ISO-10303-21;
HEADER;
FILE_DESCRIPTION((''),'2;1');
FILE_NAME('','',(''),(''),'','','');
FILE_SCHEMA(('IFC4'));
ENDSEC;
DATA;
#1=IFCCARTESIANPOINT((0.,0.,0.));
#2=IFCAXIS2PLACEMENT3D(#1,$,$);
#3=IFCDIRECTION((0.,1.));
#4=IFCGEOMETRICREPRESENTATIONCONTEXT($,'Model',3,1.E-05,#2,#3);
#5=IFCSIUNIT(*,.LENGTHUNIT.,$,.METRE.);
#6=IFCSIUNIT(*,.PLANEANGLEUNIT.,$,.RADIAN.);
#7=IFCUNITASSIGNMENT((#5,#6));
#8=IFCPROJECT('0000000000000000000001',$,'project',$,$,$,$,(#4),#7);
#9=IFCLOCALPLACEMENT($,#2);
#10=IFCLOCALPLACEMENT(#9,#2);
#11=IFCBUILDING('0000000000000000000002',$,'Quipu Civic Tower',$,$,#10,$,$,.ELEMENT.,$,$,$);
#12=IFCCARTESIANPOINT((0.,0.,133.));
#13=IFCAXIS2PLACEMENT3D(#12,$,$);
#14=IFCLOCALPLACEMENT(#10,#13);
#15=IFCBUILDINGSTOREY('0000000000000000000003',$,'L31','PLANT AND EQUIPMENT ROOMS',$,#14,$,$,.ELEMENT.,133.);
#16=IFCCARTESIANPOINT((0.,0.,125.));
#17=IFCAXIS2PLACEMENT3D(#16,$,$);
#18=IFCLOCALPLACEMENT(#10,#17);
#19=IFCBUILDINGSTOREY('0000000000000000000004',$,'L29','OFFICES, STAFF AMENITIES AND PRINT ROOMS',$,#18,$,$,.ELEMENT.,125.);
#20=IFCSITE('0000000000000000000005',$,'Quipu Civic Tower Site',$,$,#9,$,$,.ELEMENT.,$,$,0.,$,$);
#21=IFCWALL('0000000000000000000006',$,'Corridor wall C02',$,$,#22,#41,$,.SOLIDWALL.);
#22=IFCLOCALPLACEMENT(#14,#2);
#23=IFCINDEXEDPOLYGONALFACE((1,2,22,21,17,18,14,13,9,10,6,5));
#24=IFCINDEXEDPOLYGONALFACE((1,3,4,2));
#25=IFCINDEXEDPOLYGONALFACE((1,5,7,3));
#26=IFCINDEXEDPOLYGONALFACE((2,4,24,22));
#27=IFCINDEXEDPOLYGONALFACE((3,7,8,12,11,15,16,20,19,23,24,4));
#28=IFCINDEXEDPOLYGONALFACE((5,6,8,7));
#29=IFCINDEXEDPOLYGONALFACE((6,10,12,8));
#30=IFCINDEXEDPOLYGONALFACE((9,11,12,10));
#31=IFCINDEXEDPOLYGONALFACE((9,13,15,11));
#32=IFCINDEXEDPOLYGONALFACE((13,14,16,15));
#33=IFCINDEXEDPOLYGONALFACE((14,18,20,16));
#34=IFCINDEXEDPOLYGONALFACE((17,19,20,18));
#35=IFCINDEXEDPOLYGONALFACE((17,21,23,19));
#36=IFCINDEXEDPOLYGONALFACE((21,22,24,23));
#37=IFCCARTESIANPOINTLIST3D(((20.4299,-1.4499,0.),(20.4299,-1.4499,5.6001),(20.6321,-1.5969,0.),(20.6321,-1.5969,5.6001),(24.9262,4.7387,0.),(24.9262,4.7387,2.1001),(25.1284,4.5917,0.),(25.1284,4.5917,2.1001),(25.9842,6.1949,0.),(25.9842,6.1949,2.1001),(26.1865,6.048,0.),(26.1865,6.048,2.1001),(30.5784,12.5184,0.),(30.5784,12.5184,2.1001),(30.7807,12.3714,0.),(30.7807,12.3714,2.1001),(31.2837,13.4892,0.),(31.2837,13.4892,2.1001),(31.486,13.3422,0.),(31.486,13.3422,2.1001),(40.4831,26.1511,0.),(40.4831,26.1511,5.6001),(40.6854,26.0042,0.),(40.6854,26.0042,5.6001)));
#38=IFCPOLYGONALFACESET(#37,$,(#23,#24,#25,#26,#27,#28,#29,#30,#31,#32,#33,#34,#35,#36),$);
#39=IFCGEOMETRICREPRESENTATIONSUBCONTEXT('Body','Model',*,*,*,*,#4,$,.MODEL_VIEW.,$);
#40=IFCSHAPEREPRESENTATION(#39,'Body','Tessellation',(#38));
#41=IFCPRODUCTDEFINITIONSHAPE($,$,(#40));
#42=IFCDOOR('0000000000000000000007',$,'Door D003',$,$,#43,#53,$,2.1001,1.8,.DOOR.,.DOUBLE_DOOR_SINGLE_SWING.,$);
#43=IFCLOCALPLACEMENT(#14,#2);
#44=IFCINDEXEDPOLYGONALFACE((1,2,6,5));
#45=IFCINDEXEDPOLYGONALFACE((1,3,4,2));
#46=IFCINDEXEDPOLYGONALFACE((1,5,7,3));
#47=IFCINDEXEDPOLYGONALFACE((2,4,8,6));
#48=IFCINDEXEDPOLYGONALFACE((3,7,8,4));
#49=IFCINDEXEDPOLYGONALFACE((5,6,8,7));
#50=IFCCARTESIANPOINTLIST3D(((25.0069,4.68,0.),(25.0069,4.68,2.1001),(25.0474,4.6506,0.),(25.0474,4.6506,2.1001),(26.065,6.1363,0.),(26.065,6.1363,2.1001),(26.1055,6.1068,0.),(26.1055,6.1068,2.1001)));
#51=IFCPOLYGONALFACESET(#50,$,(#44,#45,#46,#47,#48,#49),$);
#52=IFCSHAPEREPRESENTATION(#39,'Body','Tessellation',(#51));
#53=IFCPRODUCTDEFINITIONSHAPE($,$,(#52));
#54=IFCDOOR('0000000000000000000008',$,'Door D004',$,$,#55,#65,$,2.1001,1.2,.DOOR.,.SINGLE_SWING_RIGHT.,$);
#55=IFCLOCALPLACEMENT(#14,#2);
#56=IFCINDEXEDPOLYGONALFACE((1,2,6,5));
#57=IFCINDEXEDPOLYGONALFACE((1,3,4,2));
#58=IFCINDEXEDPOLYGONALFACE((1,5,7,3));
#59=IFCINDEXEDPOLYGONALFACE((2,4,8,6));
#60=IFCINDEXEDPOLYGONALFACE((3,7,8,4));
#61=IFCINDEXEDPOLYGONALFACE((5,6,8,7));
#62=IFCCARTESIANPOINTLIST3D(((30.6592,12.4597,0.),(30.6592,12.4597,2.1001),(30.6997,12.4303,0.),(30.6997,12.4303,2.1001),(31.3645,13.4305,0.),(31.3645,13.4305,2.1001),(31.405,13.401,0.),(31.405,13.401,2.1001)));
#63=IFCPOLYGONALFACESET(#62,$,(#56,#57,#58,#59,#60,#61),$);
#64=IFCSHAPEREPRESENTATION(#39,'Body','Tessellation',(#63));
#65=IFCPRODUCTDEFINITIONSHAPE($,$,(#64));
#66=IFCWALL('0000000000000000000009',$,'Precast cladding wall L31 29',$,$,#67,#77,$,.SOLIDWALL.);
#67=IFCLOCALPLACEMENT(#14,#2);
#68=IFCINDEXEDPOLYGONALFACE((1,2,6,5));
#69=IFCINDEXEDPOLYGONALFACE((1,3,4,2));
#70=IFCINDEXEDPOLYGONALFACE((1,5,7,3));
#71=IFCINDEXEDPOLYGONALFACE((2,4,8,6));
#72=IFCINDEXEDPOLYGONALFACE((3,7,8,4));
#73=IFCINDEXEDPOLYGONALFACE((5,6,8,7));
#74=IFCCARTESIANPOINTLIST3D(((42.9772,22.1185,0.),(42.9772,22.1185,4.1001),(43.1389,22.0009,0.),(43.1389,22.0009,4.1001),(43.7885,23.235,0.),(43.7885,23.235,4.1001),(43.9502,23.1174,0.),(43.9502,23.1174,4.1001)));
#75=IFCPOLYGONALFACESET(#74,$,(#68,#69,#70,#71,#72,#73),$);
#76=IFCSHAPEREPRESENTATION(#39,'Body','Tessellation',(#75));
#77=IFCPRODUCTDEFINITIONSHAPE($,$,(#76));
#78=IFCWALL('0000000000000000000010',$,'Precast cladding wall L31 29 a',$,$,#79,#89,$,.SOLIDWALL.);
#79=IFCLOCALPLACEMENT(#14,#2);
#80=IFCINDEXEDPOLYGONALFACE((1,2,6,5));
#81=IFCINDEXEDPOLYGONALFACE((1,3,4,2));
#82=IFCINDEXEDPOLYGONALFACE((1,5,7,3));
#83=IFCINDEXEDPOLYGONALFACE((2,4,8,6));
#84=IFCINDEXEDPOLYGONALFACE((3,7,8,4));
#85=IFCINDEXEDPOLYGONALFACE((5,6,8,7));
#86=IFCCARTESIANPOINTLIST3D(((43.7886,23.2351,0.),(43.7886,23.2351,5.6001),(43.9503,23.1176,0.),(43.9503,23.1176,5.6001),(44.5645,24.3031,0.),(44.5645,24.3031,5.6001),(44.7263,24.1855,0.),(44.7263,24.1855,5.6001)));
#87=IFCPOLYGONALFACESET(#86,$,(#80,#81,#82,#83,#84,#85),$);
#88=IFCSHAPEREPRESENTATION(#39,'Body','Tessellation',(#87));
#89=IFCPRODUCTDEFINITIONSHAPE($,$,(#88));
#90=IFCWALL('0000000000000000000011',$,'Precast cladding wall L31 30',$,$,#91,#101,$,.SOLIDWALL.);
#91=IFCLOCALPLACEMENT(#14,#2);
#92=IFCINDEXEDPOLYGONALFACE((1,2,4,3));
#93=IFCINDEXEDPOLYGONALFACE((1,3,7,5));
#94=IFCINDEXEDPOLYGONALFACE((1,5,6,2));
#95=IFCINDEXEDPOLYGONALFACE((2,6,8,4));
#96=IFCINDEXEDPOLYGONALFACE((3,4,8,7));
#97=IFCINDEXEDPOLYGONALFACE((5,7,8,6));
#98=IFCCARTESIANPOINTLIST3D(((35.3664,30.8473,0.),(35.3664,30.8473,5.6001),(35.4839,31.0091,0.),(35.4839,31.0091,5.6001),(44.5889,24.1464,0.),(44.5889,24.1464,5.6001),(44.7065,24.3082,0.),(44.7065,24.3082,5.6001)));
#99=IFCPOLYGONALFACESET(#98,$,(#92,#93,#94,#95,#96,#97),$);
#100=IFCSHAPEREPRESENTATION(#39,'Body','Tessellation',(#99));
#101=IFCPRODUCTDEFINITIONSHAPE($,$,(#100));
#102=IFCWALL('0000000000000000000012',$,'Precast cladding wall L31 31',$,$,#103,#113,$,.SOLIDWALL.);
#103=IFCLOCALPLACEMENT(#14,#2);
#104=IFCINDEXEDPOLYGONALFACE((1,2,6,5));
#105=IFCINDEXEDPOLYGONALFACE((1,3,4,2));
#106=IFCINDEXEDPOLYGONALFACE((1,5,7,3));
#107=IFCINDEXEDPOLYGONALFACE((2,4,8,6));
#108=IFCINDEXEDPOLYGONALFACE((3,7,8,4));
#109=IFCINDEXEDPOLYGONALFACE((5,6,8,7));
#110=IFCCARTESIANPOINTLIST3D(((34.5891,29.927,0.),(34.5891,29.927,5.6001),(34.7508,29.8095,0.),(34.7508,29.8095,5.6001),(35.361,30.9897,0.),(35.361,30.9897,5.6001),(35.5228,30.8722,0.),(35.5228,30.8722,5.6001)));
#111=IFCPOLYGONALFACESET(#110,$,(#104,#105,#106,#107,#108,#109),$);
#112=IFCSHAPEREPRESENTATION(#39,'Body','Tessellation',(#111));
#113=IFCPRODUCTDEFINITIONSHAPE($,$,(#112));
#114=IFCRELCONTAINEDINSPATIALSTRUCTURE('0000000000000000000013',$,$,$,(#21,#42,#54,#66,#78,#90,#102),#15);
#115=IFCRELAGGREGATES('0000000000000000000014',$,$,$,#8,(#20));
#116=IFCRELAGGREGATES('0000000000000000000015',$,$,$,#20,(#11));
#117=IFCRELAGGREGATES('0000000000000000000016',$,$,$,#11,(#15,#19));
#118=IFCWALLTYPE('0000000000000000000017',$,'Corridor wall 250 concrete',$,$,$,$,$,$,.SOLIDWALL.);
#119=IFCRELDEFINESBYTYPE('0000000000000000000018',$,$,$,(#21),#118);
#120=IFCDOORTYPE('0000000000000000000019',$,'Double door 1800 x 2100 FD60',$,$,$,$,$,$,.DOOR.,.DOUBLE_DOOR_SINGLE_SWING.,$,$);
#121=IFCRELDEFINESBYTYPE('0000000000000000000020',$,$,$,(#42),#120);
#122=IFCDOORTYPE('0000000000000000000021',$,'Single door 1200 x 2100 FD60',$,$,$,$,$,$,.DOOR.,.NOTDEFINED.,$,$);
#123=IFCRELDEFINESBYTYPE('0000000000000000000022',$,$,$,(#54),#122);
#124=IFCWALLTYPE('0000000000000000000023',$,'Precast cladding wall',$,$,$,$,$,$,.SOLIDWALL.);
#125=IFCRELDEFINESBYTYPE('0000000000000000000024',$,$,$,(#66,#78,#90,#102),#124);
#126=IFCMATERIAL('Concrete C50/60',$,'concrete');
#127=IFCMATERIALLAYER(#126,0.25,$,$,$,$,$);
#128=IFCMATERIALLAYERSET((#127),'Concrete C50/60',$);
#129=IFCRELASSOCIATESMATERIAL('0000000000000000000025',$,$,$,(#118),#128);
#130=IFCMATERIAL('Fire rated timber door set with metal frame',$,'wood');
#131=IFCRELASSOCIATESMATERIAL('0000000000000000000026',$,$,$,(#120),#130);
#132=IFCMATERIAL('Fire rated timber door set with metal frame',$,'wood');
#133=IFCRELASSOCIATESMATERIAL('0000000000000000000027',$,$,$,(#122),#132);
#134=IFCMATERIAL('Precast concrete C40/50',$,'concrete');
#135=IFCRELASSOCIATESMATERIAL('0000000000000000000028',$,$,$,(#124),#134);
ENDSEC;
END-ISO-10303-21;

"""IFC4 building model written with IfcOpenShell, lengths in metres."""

from ifc_helpers import new_model, si_unit, direction, frame, frame_2d, origin, place, context, subcontext, project, spatial, rectangle, extrude, material, layer, layer_set, type_object, element, fill, save


model = new_model("IFC4")

# Units and contexts
model_context = context("Model", 3, precision=1e-05, world=origin(), true_north=direction((0.0, 1.0)))
body_context = subcontext(model_context, "Body", "Model", "MODEL_VIEW")
ifc_project = project(units=[si_unit("LENGTHUNIT", "METRE"), si_unit("PLANEANGLEUNIT", "RADIAN")], contexts=[model_context])

# Site, building, storey
site_placement = place(None, origin())
site = spatial("IfcSite", under=ifc_project, at=site_placement, Name="Quipu Civic Tower Site", CompositionType="ELEMENT", RefElevation=0.0)
building_placement = place(site_placement, origin())
building = spatial("IfcBuilding", under=site, at=building_placement, Name="Quipu Civic Tower", CompositionType="ELEMENT")
storey_1_placement = place(building_placement, frame((0.0, 0.0, 133.0)))
storey_1 = spatial("IfcBuildingStorey", under=building, at=storey_1_placement, Name="L31", Description="PLANT AND EQUIPMENT ROOMS", CompositionType="ELEMENT", Elevation=133.0)

# Shared definitions
storey_2_placement = place(building_placement, frame((0.0, 0.0, 125.0)))
storey_2 = spatial("IfcBuildingStorey", under=building, at=storey_2_placement, Name="L29", Description="OFFICES, STAFF AMENITIES AND PRINT ROOMS", CompositionType="ELEMENT", Elevation=125.0)

# Shared definitions
ifc_material_1 = material(Name="Concrete C50/60", Category="concrete")
ifc_layer_1 = layer(ifc_material_1, 0.25)
ifc_layer_set_1 = layer_set([ifc_layer_1], Name="Concrete C50/60")
wall_type_1 = type_object("IfcWallType", Name="Corridor wall 250 concrete", PredefinedType="SOLIDWALL", material=ifc_layer_set_1)

# Wall, openings, doors
wall_1_placement = place(storey_1_placement, frame((40.5842, 26.0776, 0.0), z_axis=(0.0, 0.0, 1.0), x_axis=(-0.587783, -0.809019, 0.0)))
wall_1 = element("IfcWall", 1, at=wall_1_placement, inside=storey_1, type_object=wall_type_1, Name="Corridor wall C02", PredefinedType="SOLIDWALL", context=body_context, shape_type="SweptSolid", body=[
    extrude(rectangle(XDim=34.1167, YDim=0.25, at=frame_2d((17.0583, 0.0))), origin(), (0.0, 0.0, 1.0), 5.6001),
])
opening_1_placement = place(wall_1_placement, frame((24.6672, 0.0, 0.0)))
opening_1 = element("IfcOpeningElement", 2, at=opening_1_placement, cuts=wall_1, PredefinedType="OPENING", context=body_context, shape_type="SweptSolid", body=[
    extrude(rectangle(XDim=1.8, YDim=2.1001, at=frame_2d((0.8999, 1.05))), frame((0.0, 0.135, 0.0), z_axis=(0.0, -1.0, 0.0), x_axis=(1.0, 0.0, 0.0)), (0.0, 0.0, 1.0), 0.27),
])
opening_2_placement = place(wall_1_placement, frame((15.6509, 0.0, 0.0)))
opening_2 = element("IfcOpeningElement", 3, at=opening_2_placement, cuts=wall_1, PredefinedType="OPENING", context=body_context, shape_type="SweptSolid", body=[
    extrude(rectangle(XDim=1.2, YDim=2.1001, at=frame_2d((0.6001, 1.05))), frame((0.0, 0.135, 0.0), z_axis=(0.0, -1.0, 0.0), x_axis=(1.0, 0.0, 0.0)), (0.0, 0.0, 1.0), 0.27),
])
ifc_material_2 = material(Name="Fire rated timber door set with metal frame", Category="wood")
door_type_1 = type_object("IfcDoorType", Name="Double door 1800 x 2100 FD60", OperationType="DOUBLE_DOOR_SINGLE_SWING", PredefinedType="DOOR", material=ifc_material_2)
door_1_placement = place(opening_1_placement, origin())
door_1 = element("IfcDoor", 4, at=door_1_placement, inside=storey_1, type_object=door_type_1, Name="Door D003", OperationType="DOUBLE_DOOR_SINGLE_SWING", OverallHeight=2.1001, OverallWidth=1.8, PredefinedType="DOOR", context=body_context, shape_type="SweptSolid", body=[
    extrude(rectangle(XDim=1.8, YDim=2.1001, at=frame_2d((0.8999, 1.05))), frame((0.0, 0.0249, 0.0), z_axis=(0.0, -1.0, 0.0), x_axis=(1.0, 0.0, 0.0)), (0.0, 0.0, 1.0), 0.05),
])
fill(opening_1, door_1)
ifc_material_3 = material(Name="Fire rated timber door set with metal frame", Category="wood")
door_type_2 = type_object("IfcDoorType", Name="Single door 1200 x 2100 FD60", OperationType="NOTDEFINED", PredefinedType="DOOR", material=ifc_material_3)
door_2_placement = place(opening_2_placement, origin())
door_2 = element("IfcDoor", 5, at=door_2_placement, inside=storey_1, type_object=door_type_2, Name="Door D004", OperationType="SINGLE_SWING_RIGHT", OverallHeight=2.1001, OverallWidth=1.2, PredefinedType="DOOR", context=body_context, shape_type="SweptSolid", body=[
    extrude(rectangle(XDim=1.2, YDim=2.1001, at=frame_2d((0.6001, 1.05))), frame((0.0, 0.0249, 0.0), z_axis=(0.0, -1.0, 0.0), x_axis=(1.0, 0.0, 0.0)), (0.0, 0.0, 1.0), 0.05),
])
fill(opening_2, door_2)

# Walls
ifc_material_4 = material(Name="Precast concrete C40/50", Category="concrete")
wall_type_2 = type_object("IfcWallType", Name="Precast cladding wall", PredefinedType="SOLIDWALL", material=ifc_material_4)
wall_2_placement = place(storey_1_placement, frame((43.0581, 22.0598, 0.0), z_axis=(0.0, 0.0, 1.0), x_axis=(0.587846, 0.808973, 0.0)))
element("IfcWall", 6, at=wall_2_placement, inside=storey_1, type_object=wall_type_2, Name="Precast cladding wall L31 29", PredefinedType="SOLIDWALL", context=body_context, shape_type="SweptSolid", body=[
    extrude(rectangle(XDim=1.3801, YDim=0.2, at=frame_2d((0.6899, 0.0))), origin(), (0.0, 0.0, 1.0), 4.1001),
])
wall_3_placement = place(storey_1_placement, frame((43.8694, 23.1763, 0.0), z_axis=(0.0, 0.0, 1.0), x_axis=(0.587798, 0.809008, 0.0)))
element("IfcWall", 7, at=wall_3_placement, inside=storey_1, type_object=wall_type_2, Name="Precast cladding wall L31 29 a", PredefinedType="SOLIDWALL", context=body_context, shape_type="SweptSolid", body=[
    extrude(rectangle(XDim=1.3201, YDim=0.2, at=frame_2d((0.6602, 0.0))), origin(), (0.0, 0.0, 1.0), 5.6001),
])
wall_4_placement = place(storey_1_placement, frame((44.6477, 24.2273, 0.0), z_axis=(0.0, 0.0, 1.0), x_axis=(-0.809005, 0.587801, 0.0)))
element("IfcWall", 8, at=wall_4_placement, inside=storey_1, type_object=wall_type_2, Name="Precast cladding wall L31 30", PredefinedType="SOLIDWALL", context=body_context, shape_type="SweptSolid", body=[
    extrude(rectangle(XDim=11.3999, YDim=0.2, at=frame_2d((5.7, 0.0))), origin(), (0.0, 0.0, 1.0), 5.6001),
])
wall_5_placement = place(storey_1_placement, frame((35.4419, 30.9309, 0.0), z_axis=(0.0, 0.0, 1.0), x_axis=(-0.587707, -0.809074, 0.0)))
element("IfcWall", 9, at=wall_5_placement, inside=storey_1, type_object=wall_type_2, Name="Precast cladding wall L31 31", PredefinedType="SOLIDWALL", context=body_context, shape_type="SweptSolid", body=[
    extrude(rectangle(XDim=1.3135, YDim=0.2, at=frame_2d((0.6567, 0.0))), origin(), (0.0, 0.0, 1.0), 5.6001),
])

save(model, "model.ifc")
